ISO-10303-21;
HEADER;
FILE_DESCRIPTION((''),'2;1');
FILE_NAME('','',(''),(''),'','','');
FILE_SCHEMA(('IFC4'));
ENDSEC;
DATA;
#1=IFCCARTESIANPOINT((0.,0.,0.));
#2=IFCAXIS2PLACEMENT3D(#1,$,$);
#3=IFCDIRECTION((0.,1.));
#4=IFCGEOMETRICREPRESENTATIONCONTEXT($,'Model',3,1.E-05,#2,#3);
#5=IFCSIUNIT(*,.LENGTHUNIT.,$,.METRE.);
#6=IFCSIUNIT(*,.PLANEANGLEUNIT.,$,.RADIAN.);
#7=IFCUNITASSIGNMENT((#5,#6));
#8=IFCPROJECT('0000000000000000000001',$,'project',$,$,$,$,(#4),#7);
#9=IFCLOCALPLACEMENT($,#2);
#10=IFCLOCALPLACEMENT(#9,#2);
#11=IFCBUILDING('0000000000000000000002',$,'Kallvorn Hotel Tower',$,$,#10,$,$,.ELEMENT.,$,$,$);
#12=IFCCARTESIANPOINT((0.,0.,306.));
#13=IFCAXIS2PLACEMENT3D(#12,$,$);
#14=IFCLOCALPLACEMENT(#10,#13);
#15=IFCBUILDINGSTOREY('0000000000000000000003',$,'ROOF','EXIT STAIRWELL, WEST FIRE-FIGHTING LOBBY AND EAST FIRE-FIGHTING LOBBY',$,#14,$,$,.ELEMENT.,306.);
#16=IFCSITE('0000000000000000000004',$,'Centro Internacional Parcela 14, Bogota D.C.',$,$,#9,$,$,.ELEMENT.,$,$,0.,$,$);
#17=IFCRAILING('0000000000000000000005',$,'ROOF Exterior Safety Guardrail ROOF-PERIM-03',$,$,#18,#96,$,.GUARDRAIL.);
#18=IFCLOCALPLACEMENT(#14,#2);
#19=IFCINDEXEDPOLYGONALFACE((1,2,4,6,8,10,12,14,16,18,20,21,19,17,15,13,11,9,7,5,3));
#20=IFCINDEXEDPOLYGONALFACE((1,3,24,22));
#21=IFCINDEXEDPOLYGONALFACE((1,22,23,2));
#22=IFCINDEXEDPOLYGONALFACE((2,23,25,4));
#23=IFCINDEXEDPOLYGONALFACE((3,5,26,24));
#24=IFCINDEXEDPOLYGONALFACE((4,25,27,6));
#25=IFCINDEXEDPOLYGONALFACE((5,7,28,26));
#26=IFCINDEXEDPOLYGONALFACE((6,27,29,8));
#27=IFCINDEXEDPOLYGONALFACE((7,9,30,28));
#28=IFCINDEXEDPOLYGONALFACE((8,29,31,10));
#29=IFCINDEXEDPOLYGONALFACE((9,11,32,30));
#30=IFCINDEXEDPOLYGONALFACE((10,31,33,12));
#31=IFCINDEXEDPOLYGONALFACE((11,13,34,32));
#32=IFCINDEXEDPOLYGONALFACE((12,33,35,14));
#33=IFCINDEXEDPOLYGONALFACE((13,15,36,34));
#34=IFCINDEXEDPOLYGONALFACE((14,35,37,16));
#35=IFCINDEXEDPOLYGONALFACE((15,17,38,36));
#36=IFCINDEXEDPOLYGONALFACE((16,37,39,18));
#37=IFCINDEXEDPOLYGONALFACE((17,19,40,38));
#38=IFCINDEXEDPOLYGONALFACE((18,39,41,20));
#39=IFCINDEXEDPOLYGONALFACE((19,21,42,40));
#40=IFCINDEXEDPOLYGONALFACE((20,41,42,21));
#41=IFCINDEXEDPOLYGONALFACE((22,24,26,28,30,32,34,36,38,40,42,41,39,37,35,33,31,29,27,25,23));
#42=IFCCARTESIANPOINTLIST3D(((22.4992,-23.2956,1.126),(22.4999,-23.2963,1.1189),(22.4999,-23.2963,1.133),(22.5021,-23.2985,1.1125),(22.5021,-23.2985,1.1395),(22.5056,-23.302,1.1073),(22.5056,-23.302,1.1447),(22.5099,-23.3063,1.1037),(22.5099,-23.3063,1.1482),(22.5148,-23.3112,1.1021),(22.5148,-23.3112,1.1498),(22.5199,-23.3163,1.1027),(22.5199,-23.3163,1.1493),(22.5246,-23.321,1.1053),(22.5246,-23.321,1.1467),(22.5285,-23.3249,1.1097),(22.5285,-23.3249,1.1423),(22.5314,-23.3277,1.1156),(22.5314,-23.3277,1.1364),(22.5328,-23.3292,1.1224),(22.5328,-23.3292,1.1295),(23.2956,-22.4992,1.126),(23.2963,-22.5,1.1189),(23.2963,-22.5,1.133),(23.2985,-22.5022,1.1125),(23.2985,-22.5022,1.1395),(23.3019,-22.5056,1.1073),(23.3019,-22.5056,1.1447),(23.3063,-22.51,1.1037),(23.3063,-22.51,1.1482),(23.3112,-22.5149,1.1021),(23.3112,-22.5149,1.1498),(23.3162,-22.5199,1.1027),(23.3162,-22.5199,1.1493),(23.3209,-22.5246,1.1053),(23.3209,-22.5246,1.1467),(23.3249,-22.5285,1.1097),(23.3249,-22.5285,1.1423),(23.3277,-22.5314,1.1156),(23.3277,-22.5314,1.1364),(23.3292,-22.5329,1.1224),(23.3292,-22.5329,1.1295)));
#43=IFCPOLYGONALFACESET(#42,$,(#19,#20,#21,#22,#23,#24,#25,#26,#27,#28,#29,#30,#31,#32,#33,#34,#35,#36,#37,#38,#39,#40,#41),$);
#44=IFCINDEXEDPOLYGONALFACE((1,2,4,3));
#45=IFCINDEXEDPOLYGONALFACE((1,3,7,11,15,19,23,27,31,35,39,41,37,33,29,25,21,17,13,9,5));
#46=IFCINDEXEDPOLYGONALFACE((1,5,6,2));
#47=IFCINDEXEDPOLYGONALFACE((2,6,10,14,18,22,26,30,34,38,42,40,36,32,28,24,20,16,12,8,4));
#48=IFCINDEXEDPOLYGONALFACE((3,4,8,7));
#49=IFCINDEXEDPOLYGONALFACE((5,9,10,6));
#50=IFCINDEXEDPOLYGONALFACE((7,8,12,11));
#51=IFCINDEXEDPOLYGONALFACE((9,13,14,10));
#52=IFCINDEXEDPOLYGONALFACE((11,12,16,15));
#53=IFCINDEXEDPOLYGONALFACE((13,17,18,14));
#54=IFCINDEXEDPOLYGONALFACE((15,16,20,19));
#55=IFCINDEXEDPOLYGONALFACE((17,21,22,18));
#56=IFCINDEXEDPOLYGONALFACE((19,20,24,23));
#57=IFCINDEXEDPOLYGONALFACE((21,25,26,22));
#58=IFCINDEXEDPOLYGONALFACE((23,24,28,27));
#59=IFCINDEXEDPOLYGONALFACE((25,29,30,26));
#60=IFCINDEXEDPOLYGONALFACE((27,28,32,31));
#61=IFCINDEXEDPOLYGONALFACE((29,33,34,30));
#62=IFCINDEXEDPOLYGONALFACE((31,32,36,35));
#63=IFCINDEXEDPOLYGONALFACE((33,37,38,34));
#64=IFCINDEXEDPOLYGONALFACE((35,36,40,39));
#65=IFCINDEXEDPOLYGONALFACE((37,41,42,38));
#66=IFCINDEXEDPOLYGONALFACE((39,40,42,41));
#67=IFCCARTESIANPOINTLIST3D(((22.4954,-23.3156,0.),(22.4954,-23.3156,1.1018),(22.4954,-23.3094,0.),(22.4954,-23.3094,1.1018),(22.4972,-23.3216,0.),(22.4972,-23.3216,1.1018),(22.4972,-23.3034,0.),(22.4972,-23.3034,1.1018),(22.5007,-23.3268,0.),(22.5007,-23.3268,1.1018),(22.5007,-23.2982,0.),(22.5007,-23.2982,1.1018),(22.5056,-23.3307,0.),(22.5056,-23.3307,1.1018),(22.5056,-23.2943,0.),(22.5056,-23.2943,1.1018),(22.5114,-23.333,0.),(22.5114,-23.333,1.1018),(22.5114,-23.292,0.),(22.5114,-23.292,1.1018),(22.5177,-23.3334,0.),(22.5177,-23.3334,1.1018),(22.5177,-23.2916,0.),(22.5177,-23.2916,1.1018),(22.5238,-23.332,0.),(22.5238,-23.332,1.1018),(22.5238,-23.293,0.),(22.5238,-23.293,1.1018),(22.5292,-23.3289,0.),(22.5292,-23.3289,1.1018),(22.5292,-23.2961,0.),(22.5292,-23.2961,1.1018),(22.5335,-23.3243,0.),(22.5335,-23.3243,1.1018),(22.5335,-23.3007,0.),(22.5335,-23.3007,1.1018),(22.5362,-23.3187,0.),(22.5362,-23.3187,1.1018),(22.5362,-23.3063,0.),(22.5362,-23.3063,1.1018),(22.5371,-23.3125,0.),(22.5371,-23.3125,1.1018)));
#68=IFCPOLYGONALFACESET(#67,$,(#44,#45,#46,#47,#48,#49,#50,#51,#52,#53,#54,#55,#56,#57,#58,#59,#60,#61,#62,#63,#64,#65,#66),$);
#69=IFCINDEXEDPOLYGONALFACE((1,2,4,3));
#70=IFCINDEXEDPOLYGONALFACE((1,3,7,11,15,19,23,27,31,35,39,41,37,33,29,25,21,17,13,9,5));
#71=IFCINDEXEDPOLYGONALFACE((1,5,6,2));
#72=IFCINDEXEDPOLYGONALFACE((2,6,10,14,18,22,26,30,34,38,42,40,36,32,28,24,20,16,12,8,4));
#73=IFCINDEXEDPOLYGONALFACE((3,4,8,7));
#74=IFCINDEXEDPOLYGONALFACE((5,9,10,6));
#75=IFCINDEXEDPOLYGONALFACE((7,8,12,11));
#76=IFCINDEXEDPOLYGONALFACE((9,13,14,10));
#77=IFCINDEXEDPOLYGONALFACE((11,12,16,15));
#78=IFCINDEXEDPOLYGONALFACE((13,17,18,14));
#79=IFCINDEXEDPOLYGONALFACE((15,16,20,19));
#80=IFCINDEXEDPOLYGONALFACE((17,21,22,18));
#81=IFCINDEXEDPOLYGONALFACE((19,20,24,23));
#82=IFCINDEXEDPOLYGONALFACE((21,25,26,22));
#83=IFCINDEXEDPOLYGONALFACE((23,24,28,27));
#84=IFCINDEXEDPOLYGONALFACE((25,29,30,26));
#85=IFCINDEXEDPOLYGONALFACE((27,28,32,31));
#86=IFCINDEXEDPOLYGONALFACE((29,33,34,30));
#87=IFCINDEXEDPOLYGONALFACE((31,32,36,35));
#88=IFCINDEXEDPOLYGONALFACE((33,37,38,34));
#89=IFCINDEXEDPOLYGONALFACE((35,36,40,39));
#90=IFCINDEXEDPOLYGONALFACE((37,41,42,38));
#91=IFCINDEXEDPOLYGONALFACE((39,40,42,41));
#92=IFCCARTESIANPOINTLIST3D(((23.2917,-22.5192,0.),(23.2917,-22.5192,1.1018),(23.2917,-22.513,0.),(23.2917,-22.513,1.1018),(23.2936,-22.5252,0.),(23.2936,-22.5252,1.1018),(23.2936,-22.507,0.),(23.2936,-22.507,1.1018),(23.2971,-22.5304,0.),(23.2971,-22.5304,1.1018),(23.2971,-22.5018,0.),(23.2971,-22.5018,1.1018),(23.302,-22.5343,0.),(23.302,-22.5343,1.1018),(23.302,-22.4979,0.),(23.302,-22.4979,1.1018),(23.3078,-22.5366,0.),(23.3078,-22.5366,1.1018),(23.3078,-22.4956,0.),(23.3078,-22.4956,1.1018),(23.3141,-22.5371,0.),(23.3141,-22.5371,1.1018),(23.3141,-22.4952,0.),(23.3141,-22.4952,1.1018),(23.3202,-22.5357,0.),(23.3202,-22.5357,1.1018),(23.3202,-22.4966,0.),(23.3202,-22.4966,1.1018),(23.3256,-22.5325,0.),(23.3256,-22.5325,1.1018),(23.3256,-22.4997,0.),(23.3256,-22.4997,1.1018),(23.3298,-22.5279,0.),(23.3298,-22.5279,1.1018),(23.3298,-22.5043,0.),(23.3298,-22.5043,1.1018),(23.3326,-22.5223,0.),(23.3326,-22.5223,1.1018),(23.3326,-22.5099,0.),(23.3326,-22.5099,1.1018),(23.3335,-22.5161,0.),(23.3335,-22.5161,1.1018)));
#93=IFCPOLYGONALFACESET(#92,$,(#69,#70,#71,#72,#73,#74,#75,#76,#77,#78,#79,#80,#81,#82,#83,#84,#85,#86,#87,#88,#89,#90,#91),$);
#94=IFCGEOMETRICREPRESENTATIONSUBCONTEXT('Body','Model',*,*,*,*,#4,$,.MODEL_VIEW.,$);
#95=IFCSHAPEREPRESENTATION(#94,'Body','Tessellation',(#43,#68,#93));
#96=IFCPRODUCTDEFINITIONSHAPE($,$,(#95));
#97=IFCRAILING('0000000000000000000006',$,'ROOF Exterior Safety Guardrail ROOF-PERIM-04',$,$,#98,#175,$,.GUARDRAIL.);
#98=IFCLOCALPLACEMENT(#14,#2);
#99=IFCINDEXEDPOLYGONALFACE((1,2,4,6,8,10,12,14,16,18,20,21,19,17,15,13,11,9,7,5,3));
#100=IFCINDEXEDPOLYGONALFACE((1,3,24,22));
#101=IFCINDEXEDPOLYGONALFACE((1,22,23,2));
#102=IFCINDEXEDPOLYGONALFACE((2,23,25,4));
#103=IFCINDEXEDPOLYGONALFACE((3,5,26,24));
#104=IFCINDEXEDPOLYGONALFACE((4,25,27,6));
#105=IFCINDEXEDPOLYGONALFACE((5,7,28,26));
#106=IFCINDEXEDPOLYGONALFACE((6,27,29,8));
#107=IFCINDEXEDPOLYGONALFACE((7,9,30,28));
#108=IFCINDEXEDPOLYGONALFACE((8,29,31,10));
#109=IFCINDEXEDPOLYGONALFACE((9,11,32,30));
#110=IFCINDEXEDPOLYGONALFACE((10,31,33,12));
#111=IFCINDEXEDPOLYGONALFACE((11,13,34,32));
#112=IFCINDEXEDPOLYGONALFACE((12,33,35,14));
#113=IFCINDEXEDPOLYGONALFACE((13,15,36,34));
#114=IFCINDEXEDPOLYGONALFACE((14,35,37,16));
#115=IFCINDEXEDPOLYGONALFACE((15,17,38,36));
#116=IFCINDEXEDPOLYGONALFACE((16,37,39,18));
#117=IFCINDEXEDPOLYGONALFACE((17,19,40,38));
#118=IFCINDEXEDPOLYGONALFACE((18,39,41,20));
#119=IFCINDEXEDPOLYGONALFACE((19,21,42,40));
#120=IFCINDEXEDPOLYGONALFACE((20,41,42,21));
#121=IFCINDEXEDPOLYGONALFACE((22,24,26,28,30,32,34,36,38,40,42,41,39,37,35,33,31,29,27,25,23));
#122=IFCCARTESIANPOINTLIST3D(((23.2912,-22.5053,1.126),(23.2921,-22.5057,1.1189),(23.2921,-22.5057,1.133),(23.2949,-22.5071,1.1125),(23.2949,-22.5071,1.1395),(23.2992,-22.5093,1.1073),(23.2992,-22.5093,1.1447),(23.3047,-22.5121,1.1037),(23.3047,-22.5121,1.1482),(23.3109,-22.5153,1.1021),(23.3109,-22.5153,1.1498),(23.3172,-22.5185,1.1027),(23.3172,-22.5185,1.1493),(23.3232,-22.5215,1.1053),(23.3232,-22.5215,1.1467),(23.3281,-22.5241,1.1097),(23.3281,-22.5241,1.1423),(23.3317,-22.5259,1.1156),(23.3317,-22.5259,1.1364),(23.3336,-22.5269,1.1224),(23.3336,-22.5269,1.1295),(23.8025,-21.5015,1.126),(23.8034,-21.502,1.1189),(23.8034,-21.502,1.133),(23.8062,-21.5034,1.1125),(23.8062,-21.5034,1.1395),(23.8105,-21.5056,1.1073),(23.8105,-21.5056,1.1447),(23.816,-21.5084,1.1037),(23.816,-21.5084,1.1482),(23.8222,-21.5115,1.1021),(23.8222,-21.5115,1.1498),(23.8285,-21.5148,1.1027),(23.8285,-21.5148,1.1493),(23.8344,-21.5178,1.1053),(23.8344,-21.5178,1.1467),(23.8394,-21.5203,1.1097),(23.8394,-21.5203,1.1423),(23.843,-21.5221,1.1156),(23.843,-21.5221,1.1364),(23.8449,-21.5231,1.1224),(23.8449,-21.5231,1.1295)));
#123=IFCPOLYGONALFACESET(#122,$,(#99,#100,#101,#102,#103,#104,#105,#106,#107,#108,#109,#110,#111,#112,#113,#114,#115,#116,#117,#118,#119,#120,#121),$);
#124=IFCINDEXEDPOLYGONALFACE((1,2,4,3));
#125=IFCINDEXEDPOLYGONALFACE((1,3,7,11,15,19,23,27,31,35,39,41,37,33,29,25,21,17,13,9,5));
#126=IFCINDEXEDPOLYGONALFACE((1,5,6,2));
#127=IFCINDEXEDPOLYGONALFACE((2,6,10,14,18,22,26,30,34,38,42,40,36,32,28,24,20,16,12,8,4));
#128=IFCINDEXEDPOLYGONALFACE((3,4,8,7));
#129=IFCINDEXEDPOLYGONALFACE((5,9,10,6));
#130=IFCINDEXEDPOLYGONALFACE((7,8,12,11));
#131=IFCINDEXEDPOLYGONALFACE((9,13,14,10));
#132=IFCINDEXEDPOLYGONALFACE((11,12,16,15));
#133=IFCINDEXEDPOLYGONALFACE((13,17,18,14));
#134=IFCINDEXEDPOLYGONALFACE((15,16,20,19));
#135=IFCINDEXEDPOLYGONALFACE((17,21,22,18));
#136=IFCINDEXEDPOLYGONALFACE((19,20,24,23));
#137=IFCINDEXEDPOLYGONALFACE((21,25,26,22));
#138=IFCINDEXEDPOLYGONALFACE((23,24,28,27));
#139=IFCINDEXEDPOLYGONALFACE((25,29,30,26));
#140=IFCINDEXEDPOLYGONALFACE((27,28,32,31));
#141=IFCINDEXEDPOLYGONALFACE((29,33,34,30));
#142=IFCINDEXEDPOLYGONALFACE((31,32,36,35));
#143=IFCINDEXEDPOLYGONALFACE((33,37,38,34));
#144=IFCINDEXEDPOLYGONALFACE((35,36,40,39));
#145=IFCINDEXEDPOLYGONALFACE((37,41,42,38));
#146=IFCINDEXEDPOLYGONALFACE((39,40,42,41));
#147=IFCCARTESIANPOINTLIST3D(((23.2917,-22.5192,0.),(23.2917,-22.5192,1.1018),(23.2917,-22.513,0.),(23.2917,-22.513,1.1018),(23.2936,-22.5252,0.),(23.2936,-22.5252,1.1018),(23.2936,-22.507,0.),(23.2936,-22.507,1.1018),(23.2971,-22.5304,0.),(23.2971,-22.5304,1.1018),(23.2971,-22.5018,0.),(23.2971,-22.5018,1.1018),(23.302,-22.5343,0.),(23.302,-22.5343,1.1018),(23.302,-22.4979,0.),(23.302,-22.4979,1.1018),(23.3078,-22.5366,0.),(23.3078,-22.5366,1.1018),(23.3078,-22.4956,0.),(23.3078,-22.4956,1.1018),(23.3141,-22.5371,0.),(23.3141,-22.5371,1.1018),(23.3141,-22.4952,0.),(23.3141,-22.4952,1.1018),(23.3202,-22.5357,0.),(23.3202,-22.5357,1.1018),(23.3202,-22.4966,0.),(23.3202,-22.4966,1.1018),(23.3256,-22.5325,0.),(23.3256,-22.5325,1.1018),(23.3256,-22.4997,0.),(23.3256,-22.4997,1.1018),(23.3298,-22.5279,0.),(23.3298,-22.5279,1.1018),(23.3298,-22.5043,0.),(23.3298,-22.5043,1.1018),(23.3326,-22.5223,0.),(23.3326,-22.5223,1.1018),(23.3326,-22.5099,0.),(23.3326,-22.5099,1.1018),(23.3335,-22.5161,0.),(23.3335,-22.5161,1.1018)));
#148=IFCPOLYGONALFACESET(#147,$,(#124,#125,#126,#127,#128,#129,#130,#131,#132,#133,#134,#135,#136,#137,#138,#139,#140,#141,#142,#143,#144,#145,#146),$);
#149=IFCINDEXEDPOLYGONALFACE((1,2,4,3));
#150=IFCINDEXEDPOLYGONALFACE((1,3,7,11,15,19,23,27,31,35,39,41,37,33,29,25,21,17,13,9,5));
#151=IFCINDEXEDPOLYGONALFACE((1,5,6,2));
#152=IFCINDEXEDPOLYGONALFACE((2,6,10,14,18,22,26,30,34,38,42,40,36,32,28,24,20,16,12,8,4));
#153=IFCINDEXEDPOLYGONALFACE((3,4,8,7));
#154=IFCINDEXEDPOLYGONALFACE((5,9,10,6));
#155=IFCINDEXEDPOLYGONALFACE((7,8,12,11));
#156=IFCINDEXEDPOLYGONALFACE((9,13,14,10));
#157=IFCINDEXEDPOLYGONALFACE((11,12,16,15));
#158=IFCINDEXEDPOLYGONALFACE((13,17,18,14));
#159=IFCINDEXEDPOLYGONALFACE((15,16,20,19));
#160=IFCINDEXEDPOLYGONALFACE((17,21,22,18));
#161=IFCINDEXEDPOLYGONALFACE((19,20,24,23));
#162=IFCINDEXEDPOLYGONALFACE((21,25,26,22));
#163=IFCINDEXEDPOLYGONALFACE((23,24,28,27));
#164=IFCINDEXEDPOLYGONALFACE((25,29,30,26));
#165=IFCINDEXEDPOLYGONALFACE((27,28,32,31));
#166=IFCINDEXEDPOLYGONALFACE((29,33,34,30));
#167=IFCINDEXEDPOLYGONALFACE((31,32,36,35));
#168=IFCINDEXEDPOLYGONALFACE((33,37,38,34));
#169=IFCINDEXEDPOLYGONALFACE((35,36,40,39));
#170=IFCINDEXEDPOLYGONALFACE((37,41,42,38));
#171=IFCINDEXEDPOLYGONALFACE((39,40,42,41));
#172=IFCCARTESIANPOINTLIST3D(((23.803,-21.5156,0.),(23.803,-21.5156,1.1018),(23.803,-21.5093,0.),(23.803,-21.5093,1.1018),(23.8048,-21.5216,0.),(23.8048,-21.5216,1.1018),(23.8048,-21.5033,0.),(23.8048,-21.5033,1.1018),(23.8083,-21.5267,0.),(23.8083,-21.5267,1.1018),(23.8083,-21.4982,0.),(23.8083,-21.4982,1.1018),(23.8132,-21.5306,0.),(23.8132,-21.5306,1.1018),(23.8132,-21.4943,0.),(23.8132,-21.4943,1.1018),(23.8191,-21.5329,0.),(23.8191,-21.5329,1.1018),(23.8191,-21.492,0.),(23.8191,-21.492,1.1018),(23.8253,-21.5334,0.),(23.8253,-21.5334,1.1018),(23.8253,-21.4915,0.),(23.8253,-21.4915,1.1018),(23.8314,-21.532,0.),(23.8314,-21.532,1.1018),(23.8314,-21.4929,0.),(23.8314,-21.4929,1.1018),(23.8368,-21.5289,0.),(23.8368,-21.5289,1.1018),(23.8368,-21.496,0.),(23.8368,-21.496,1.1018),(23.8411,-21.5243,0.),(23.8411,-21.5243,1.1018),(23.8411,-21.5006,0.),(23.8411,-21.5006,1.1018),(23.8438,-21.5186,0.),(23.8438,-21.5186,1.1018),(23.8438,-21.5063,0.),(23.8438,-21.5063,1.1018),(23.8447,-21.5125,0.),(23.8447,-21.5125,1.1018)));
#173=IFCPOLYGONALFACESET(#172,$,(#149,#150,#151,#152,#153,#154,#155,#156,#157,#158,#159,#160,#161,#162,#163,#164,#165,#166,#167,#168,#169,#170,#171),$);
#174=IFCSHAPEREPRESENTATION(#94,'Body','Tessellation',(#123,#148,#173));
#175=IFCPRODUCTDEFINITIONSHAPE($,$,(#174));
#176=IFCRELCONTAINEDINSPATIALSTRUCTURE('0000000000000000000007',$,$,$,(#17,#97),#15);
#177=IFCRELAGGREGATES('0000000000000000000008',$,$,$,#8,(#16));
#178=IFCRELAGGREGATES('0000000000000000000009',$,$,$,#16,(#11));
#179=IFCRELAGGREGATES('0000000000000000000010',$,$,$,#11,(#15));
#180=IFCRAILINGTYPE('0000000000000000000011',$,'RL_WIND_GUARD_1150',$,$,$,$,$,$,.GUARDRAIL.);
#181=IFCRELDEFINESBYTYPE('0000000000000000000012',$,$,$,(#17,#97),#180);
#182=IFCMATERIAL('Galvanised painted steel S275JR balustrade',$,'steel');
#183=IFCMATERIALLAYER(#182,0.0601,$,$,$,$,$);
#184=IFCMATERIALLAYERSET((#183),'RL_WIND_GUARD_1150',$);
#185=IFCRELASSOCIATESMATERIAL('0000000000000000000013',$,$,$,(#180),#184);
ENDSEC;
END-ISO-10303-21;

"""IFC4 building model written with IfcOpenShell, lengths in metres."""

from ifc_helpers import new_model, si_unit, direction, frame, origin, origin_2d, place, context, subcontext, project, spatial, circle, extrude, material, layer, layer_set, type_object, element, save


model = new_model("IFC4")

# Units and contexts
model_context = context("Model", 3, precision=1e-05, world=origin(), true_north=direction((0.0, 1.0)))
body_context = subcontext(model_context, "Body", "Model", "MODEL_VIEW")
ifc_project = project(units=[si_unit("LENGTHUNIT", "METRE"), si_unit("PLANEANGLEUNIT", "RADIAN")], contexts=[model_context])

# Site, building, storey
site_placement = place(None, origin())
site = spatial("IfcSite", under=ifc_project, at=site_placement, Name="Centro Internacional Parcela 14, Bogota D.C.", CompositionType="ELEMENT", RefElevation=0.0)
building_placement = place(site_placement, origin())
building = spatial("IfcBuilding", under=site, at=building_placement, Name="Kallvorn Hotel Tower", CompositionType="ELEMENT")
storey_placement = place(building_placement, frame((0.0, 0.0, 306.0)))
storey = spatial("IfcBuildingStorey", under=building, at=storey_placement, Name="ROOF", Description="EXIT STAIRWELL, WEST FIRE-FIGHTING LOBBY AND EAST FIRE-FIGHTING LOBBY", CompositionType="ELEMENT", Elevation=306.0)

# Railings
ifc_material_1 = material(Name="Galvanised painted steel S275JR balustrade", Category="steel")
ifc_layer_1 = layer(ifc_material_1, 0.0601)
ifc_layer_set_1 = layer_set([ifc_layer_1], Name="RL_WIND_GUARD_1150")
railing_type = type_object("IfcRailingType", Name="RL_WIND_GUARD_1150", PredefinedType="GUARDRAIL", material=ifc_layer_set_1)
railing_1_placement = place(storey_placement, frame((22.5161, -23.3125, 0.0)))
element("IfcRailing", 1, at=railing_1_placement, inside=storey, type_object=railing_type, Name="ROOF Exterior Safety Guardrail ROOF-PERIM-03", PredefinedType="GUARDRAIL", context=body_context, shape_type="SweptSolid", body=[
    extrude(circle(Radius=0.0239, at=origin_2d()), frame((0.0, 0.0, 1.126), z_axis=(0.707107, 0.707107, 0.0), x_axis=(-0.707107, 0.707107, 0.0)), (0.0, 0.0, 1.0), 1.1262),
    extrude(circle(Radius=0.021, at=origin_2d()), origin(), (0.0, 0.0, 1.0), 1.1018),
    extrude(circle(Radius=0.021, at=origin_2d()), frame((0.7964, 0.7964, 0.0)), (0.0, 0.0, 1.0), 1.1018),
])
railing_2_placement = place(storey_placement, frame((23.3125, -22.5161, 0.0)))
element("IfcRailing", 2, at=railing_2_placement, inside=storey, type_object=railing_type, Name="ROOF Exterior Safety Guardrail ROOF-PERIM-04", PredefinedType="GUARDRAIL", context=body_context, shape_type="SweptSolid", body=[
    extrude(circle(Radius=0.0239, at=origin_2d()), frame((0.0, 0.0, 1.126), z_axis=(0.453877, 0.891064, 0.0), x_axis=(-0.891064, 0.453877, 0.0)), (0.0, 0.0, 1.0), 1.1265),
    extrude(circle(Radius=0.021, at=origin_2d()), origin(), (0.0, 0.0, 1.0), 1.1018),
    extrude(circle(Radius=0.021, at=origin_2d()), frame((0.5112, 1.0037, 0.0)), (0.0, 0.0, 1.0), 1.1018),
])

save(model, "model.ifc")
